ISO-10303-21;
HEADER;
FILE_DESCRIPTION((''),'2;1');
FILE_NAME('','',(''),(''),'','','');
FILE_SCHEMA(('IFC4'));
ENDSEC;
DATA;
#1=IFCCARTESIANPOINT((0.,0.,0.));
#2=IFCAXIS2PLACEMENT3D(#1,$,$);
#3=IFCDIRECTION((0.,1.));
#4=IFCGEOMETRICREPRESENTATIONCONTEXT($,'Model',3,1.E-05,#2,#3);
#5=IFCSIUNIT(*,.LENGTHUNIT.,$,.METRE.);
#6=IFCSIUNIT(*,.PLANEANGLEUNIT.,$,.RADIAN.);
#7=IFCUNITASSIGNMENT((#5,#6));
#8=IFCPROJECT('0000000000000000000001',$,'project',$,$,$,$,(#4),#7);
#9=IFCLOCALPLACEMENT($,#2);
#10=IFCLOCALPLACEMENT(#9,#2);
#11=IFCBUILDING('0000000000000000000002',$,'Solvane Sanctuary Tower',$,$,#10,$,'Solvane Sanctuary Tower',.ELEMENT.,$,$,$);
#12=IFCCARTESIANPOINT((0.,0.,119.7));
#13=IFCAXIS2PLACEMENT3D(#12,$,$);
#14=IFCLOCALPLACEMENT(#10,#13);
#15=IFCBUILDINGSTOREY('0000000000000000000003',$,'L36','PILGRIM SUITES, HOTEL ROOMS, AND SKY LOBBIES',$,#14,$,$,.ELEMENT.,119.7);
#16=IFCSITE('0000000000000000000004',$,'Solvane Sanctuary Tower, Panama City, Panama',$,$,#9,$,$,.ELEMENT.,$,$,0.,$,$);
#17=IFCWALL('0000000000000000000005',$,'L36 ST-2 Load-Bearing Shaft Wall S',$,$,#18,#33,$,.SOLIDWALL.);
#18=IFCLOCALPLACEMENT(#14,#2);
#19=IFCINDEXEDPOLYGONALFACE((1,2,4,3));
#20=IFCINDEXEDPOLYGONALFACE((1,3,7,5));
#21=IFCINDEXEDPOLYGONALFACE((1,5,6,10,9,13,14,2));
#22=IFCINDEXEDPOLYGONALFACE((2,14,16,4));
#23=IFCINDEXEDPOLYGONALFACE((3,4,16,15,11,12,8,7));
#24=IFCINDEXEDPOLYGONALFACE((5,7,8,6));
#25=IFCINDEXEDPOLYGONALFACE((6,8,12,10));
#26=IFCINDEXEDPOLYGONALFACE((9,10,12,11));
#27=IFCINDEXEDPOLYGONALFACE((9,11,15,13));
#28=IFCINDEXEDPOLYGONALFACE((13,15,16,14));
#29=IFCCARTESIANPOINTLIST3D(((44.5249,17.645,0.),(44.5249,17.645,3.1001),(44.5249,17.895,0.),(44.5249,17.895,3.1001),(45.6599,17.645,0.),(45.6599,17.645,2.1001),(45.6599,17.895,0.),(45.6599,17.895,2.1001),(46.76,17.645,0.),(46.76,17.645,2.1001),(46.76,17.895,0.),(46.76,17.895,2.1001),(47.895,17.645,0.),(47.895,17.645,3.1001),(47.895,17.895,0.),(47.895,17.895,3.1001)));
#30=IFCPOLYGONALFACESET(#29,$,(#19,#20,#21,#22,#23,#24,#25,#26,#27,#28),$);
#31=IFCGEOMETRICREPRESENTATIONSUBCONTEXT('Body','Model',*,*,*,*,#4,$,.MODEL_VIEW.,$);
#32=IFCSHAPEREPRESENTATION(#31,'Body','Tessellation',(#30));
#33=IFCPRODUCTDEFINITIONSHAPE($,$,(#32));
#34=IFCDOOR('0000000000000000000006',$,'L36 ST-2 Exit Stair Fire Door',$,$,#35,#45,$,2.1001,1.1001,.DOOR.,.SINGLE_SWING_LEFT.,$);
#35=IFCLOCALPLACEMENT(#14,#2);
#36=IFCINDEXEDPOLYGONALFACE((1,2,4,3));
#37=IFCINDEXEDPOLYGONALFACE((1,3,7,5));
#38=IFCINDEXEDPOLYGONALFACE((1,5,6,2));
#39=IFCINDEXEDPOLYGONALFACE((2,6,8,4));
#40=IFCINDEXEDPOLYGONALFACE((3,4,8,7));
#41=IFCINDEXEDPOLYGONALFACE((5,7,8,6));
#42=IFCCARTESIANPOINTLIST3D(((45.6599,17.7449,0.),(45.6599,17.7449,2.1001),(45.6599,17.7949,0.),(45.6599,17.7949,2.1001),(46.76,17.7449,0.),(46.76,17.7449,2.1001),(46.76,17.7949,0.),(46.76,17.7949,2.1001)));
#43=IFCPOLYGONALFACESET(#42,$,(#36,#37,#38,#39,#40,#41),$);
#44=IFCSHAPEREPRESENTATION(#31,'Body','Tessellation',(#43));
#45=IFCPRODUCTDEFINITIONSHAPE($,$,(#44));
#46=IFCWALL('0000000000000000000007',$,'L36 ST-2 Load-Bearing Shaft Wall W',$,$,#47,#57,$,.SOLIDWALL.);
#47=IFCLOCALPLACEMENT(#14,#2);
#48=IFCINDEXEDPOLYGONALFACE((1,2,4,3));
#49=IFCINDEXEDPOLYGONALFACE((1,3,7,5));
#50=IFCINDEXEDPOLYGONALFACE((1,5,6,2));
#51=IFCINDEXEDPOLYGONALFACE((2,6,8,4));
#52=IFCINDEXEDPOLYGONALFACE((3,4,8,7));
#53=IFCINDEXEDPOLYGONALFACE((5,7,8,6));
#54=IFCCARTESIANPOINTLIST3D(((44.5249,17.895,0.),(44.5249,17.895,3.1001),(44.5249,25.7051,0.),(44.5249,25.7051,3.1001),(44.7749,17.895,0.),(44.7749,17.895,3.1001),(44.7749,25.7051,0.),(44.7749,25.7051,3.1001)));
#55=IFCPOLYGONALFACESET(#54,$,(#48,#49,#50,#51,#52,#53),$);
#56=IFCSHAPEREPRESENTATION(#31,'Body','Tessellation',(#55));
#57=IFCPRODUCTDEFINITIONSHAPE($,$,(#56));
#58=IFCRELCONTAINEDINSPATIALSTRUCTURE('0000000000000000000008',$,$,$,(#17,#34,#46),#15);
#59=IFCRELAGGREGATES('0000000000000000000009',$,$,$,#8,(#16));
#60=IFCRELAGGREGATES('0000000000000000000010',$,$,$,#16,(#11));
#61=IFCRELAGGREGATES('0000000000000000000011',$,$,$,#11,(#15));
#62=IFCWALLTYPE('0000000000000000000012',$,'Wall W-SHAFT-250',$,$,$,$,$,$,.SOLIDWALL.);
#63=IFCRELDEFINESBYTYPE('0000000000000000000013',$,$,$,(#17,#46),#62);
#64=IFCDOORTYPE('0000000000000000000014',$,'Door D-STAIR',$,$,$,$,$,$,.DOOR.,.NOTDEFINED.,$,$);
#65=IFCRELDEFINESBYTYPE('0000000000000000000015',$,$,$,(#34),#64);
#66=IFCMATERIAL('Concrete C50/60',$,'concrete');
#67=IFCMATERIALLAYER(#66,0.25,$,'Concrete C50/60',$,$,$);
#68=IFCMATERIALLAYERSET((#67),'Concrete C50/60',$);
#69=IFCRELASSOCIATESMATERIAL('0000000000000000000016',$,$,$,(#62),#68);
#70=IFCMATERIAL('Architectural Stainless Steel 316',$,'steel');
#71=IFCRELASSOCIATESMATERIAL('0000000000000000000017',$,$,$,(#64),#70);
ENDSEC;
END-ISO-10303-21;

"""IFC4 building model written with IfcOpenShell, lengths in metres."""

from ifc_helpers import new_model, si_unit, direction, frame, frame_2d, origin, place, context, subcontext, project, spatial, rectangle, extrude, material, layer, layer_set, type_object, element, fill, save


model = new_model("IFC4")

# Units and contexts
model_context = context("Model", 3, precision=1e-05, world=origin(), true_north=direction((0.0, 1.0)))
body_context = subcontext(model_context, "Body", "Model", "MODEL_VIEW")
ifc_project = project(units=[si_unit("LENGTHUNIT", "METRE"), si_unit("PLANEANGLEUNIT", "RADIAN")], contexts=[model_context])

# Site, building, storey
site_placement = place(None, origin())
site = spatial("IfcSite", under=ifc_project, at=site_placement, Name="Solvane Sanctuary Tower, Panama City, Panama", CompositionType="ELEMENT", RefElevation=0.0)
building_placement = place(site_placement, origin())
building = spatial("IfcBuilding", under=site, at=building_placement, Name="Solvane Sanctuary Tower", LongName="Solvane Sanctuary Tower", CompositionType="ELEMENT")
storey_placement = place(building_placement, frame((0.0, 0.0, 119.7)))
storey = spatial("IfcBuildingStorey", under=building, at=storey_placement, Name="L36", Description="PILGRIM SUITES, HOTEL ROOMS, AND SKY LOBBIES", CompositionType="ELEMENT", Elevation=119.7)

# Shared definitions
ifc_material_1 = material(Name="Concrete C50/60", Category="concrete")
ifc_material_2 = material(Name="Architectural Stainless Steel 316", Category="steel")

# Wall, opening, door
ifc_layer_1 = layer(ifc_material_1, 0.25, Name="Concrete C50/60")
ifc_layer_set_1 = layer_set([ifc_layer_1], Name="Concrete C50/60")
wall_type_1 = type_object("IfcWallType", Name="Wall W-SHAFT-250", PredefinedType="SOLIDWALL", material=ifc_layer_set_1)
wall_1_placement = place(storey_placement, frame((44.5249, 17.77, 0.0), z_axis=(0.0, 0.0, 1.0), x_axis=(1.0, 0.0, 0.0)))
wall_1 = element("IfcWall", 1, at=wall_1_placement, inside=storey, type_object=wall_type_1, Name="L36 ST-2 Load-Bearing Shaft Wall S", PredefinedType="SOLIDWALL", context=body_context, shape_type="SweptSolid", body=[
    extrude(rectangle(XDim=3.3701, YDim=0.25, at=frame_2d((1.6851, 0.0))), origin(), (0.0, 0.0, 1.0), 3.1001),
])
opening_1_placement = place(wall_1_placement, frame((1.135, 0.0, 0.0)))
opening_1 = element("IfcOpeningElement", 2, at=opening_1_placement, cuts=wall_1, PredefinedType="OPENING", context=body_context, shape_type="SweptSolid", body=[
    extrude(rectangle(XDim=1.1001, YDim=2.1001, at=frame_2d((0.55, 1.05))), frame((0.0, 0.135, 0.0), z_axis=(0.0, -1.0, 0.0), x_axis=(1.0, 0.0, 0.0)), (0.0, 0.0, 1.0), 0.27),
])
door_type_1 = type_object("IfcDoorType", Name="Door D-STAIR", OperationType="NOTDEFINED", PredefinedType="DOOR", material=ifc_material_2)
door_1_placement = place(opening_1_placement, origin())
door_1 = element("IfcDoor", 3, at=door_1_placement, inside=storey, type_object=door_type_1, Name="L36 ST-2 Exit Stair Fire Door", OperationType="SINGLE_SWING_LEFT", OverallHeight=2.1001, OverallWidth=1.1001, PredefinedType="DOOR", context=body_context, shape_type="SweptSolid", body=[
    extrude(rectangle(XDim=1.1001, YDim=2.1001, at=frame_2d((0.55, 1.05))), frame((0.0, 0.0249, 0.0), z_axis=(0.0, -1.0, 0.0), x_axis=(1.0, 0.0, 0.0)), (0.0, 0.0, 1.0), 0.05),
])
fill(opening_1, door_1)

# Wall
wall_2_placement = place(storey_placement, frame((44.6499, 17.895, 0.0), z_axis=(0.0, 0.0, 1.0), x_axis=(0.0, 1.0, 0.0)))
element("IfcWall", 4, at=wall_2_placement, inside=storey, type_object=wall_type_1, Name="L36 ST-2 Load-Bearing Shaft Wall W", PredefinedType="SOLIDWALL", context=body_context, shape_type="SweptSolid", body=[
    extrude(rectangle(XDim=7.8101, YDim=0.25, at=frame_2d((3.905, 0.0))), origin(), (0.0, 0.0, 1.0), 3.1001),
])

save(model, "model.ifc")
